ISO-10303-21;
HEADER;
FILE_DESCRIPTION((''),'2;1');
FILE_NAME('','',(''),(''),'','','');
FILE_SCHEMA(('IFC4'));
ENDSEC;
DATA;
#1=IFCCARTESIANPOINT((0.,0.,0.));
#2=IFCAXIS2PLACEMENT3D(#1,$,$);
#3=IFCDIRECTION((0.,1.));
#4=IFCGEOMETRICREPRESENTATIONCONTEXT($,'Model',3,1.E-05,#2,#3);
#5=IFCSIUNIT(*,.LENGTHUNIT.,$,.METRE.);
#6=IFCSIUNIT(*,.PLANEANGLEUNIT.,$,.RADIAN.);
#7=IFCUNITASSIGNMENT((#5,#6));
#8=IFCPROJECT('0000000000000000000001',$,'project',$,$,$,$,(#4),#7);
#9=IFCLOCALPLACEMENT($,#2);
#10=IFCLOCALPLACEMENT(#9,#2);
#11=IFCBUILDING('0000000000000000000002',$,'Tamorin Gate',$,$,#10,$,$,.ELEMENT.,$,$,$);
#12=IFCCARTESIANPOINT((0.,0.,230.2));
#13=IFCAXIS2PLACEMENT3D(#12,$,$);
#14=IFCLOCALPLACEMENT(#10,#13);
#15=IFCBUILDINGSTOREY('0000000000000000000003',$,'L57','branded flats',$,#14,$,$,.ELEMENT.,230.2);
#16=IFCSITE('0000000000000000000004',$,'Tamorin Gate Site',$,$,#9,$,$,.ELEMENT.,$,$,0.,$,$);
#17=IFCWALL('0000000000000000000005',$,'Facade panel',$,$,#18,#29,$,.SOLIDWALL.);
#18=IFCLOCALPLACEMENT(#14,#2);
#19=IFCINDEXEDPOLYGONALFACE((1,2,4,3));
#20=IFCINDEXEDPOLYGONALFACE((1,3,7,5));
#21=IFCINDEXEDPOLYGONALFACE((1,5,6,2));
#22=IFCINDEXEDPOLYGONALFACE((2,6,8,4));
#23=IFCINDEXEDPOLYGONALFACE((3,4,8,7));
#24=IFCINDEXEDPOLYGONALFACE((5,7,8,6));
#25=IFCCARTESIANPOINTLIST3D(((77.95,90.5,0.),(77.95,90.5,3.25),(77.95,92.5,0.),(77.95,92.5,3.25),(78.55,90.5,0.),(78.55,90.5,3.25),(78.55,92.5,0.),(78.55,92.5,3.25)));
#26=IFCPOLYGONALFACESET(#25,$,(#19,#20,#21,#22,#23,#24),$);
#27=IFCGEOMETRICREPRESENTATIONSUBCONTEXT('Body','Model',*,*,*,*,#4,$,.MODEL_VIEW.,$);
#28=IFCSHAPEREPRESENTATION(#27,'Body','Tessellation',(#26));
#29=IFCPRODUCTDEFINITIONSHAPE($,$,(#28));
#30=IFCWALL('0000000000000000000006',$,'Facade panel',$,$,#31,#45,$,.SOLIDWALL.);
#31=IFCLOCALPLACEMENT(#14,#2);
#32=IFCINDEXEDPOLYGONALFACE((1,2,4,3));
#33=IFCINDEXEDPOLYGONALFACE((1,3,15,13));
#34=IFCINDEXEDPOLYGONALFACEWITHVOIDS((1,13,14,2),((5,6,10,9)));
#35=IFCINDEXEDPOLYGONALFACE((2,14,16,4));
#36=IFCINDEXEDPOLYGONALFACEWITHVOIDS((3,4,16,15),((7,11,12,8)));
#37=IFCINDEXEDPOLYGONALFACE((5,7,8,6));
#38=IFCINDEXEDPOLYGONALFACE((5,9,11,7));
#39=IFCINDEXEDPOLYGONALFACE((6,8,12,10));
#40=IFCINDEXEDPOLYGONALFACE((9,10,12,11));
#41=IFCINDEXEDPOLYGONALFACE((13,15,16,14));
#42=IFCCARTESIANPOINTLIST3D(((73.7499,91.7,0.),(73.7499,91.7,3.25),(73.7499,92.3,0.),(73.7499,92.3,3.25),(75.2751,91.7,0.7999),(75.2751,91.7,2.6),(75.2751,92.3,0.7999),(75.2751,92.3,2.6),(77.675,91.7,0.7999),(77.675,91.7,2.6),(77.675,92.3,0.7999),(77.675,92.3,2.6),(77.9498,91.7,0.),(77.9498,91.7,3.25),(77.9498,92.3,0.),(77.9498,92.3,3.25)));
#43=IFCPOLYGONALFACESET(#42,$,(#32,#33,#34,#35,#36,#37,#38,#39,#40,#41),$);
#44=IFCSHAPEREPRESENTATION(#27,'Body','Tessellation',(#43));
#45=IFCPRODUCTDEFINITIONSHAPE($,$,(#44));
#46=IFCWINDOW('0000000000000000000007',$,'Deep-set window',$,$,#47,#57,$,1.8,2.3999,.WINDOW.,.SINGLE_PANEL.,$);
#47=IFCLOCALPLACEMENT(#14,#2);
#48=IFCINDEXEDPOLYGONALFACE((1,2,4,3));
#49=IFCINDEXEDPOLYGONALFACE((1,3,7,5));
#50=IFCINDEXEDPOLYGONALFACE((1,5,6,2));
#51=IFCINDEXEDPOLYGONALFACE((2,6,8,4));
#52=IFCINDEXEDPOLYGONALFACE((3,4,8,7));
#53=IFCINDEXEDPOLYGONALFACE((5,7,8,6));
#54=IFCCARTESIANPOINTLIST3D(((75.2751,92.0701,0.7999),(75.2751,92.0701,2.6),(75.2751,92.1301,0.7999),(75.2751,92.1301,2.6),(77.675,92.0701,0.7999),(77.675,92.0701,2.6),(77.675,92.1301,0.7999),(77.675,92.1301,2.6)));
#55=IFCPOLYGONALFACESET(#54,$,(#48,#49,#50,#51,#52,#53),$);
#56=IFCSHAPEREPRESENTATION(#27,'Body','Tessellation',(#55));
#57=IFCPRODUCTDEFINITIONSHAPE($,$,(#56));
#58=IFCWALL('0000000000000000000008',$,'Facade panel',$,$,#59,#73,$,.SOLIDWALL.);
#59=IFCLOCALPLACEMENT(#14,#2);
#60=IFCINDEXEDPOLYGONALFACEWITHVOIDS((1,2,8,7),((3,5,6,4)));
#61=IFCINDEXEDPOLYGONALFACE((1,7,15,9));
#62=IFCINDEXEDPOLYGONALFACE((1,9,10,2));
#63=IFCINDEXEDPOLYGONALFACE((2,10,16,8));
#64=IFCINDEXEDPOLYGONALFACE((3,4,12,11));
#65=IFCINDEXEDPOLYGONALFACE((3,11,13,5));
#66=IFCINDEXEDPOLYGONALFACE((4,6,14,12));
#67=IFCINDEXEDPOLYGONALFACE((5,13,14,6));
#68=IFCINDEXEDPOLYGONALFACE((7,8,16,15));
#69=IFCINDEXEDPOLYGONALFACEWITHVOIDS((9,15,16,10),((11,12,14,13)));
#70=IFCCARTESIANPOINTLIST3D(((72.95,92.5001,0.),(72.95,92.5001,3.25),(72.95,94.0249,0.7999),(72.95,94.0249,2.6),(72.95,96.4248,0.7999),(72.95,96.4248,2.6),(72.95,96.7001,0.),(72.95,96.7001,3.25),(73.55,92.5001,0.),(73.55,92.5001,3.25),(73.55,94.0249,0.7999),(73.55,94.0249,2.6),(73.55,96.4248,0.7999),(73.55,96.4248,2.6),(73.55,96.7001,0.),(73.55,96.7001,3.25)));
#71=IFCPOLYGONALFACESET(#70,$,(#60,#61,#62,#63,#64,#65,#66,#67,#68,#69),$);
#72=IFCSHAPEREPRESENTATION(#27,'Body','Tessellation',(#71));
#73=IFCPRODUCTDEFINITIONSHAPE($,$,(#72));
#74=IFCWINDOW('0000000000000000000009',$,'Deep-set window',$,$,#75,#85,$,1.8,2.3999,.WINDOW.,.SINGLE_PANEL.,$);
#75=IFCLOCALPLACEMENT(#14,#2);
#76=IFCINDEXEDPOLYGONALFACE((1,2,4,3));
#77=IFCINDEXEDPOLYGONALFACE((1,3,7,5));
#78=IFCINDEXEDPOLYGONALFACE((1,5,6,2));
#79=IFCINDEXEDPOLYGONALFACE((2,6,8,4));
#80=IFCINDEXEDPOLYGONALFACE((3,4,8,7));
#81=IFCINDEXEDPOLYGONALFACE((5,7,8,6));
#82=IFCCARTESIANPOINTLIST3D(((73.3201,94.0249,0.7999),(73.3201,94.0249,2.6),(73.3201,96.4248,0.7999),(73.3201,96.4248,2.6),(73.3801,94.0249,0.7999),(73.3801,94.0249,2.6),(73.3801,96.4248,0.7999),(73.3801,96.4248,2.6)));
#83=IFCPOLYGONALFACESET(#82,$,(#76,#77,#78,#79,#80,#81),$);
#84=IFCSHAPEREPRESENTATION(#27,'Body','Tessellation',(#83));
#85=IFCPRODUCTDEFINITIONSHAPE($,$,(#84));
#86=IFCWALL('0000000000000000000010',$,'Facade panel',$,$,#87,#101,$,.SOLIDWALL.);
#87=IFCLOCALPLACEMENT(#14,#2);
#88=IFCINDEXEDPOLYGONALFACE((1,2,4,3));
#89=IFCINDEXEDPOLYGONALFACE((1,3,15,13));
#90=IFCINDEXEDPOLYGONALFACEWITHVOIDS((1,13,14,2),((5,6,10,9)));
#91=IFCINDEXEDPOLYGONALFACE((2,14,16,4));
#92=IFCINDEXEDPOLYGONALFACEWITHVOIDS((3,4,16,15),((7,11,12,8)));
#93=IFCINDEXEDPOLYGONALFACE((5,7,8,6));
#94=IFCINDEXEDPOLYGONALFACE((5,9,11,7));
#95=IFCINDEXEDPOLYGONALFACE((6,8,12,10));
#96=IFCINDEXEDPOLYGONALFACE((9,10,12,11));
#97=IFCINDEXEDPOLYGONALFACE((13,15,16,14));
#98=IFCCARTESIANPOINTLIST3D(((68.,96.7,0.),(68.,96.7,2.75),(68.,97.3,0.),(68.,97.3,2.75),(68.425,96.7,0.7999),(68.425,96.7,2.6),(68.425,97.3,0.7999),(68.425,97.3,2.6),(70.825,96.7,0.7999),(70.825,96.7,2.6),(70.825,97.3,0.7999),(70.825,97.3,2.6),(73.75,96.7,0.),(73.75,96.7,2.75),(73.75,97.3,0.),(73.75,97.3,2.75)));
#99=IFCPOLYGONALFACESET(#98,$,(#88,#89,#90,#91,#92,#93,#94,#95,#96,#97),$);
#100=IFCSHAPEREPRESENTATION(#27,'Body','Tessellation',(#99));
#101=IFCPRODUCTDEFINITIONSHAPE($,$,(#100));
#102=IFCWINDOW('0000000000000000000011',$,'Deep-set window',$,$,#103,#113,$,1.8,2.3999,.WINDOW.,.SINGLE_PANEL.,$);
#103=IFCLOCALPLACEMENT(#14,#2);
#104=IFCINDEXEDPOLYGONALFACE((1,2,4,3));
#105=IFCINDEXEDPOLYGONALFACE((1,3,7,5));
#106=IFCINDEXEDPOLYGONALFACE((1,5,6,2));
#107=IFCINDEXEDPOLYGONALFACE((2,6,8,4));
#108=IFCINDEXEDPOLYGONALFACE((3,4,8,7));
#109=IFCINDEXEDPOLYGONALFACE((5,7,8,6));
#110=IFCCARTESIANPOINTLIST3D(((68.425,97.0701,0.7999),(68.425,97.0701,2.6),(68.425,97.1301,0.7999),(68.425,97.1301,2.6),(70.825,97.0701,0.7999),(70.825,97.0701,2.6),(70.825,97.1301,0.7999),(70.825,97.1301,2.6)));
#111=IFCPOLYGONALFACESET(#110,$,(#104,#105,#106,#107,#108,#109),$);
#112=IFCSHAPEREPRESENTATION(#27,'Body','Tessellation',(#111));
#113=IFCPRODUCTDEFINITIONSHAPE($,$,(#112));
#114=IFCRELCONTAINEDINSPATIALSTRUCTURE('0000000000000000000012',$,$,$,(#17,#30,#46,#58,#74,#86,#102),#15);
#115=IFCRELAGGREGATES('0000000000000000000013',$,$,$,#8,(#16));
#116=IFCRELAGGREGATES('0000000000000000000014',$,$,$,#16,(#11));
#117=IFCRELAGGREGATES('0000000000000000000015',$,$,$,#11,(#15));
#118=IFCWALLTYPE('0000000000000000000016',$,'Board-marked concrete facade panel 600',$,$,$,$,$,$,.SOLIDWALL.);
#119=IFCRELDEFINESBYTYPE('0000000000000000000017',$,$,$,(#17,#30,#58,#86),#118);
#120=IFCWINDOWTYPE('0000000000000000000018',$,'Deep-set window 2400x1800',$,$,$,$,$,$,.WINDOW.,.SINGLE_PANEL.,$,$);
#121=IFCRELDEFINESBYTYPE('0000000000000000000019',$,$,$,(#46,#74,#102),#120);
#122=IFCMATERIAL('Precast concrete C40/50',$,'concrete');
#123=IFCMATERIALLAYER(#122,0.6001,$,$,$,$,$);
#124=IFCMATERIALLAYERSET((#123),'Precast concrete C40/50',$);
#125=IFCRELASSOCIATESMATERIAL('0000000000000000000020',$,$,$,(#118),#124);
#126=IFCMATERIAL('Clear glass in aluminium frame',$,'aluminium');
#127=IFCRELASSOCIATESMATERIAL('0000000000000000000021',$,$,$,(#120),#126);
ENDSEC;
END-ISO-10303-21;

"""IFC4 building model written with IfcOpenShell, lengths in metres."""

from ifc_helpers import new_model, si_unit, direction, frame, frame_2d, origin, place, context, subcontext, project, spatial, rectangle, extrude, material, layer, layer_set, type_object, element, fill, save


model = new_model("IFC4")

# Units and contexts
model_context = context("Model", 3, precision=1e-05, world=origin(), true_north=direction((0.0, 1.0)))
body_context = subcontext(model_context, "Body", "Model", "MODEL_VIEW")
ifc_project = project(units=[si_unit("LENGTHUNIT", "METRE"), si_unit("PLANEANGLEUNIT", "RADIAN")], contexts=[model_context])

# Site, building, storey
site_placement = place(None, origin())
site = spatial("IfcSite", under=ifc_project, at=site_placement, Name="Tamorin Gate Site", CompositionType="ELEMENT", RefElevation=0.0)
building_placement = place(site_placement, origin())
building = spatial("IfcBuilding", under=site, at=building_placement, Name="Tamorin Gate", CompositionType="ELEMENT")
storey_placement = place(building_placement, frame((0.0, 0.0, 230.2)))
storey = spatial("IfcBuildingStorey", under=building, at=storey_placement, Name="L57", Description="branded flats", CompositionType="ELEMENT", Elevation=230.2)

# Shared definitions
ifc_material_1 = material(Name="Precast concrete C40/50", Category="concrete")
ifc_layer = layer(ifc_material_1, 0.6001)
ifc_layer_set = layer_set([ifc_layer], Name="Precast concrete C40/50")
wall_type = type_object("IfcWallType", Name="Board-marked concrete facade panel 600", PredefinedType="SOLIDWALL", material=ifc_layer_set)
ifc_material_2 = material(Name="Clear glass in aluminium frame", Category="aluminium")
window_type = type_object("IfcWindowType", Name="Deep-set window 2400x1800", PartitioningType="SINGLE_PANEL", PredefinedType="WINDOW", material=ifc_material_2)

# Wall
wall_1_placement = place(storey_placement, frame((78.25, 90.5, 0.0), z_axis=(0.0, 0.0, 1.0), x_axis=(0.0, 1.0, 0.0)))
element("IfcWall", 1, at=wall_1_placement, inside=storey, type_object=wall_type, Name="Facade panel", PredefinedType="SOLIDWALL", context=body_context, shape_type="SweptSolid", body=[
    extrude(rectangle(XDim=2.0, YDim=0.6001, at=frame_2d((1.0, 0.0))), origin(), (0.0, 0.0, 1.0), 3.25),
])

# Walls, openings, windows
wall_2_placement = place(storey_placement, frame((77.95, 92.0, 0.0), z_axis=(0.0, 0.0, 1.0), x_axis=(-1.0, 0.0, 0.0)))
wall_2 = element("IfcWall", 2, at=wall_2_placement, inside=storey, type_object=wall_type, Name="Facade panel", PredefinedType="SOLIDWALL", context=body_context, shape_type="SweptSolid", body=[
    extrude(rectangle(XDim=4.2, YDim=0.6001, at=frame_2d((2.1001, 0.0))), origin(), (0.0, 0.0, 1.0), 3.25),
])
opening_1_placement = place(wall_2_placement, frame((0.2749, 0.0, 0.8)))
opening_1 = element("IfcOpeningElement", 3, at=opening_1_placement, cuts=wall_2, PredefinedType="OPENING", context=body_context, shape_type="SweptSolid", body=[
    extrude(rectangle(XDim=2.3999, YDim=1.8, at=frame_2d((1.2, 0.8999))), frame((0.0, 0.3101, 0.0), z_axis=(0.0, -1.0, 0.0), x_axis=(1.0, 0.0, 0.0)), (0.0, 0.0, 1.0), 0.6201),
])
window_1_placement = place(opening_1_placement, origin())
window_1 = element("IfcWindow", 4, at=window_1_placement, inside=storey, type_object=window_type, Name="Deep-set window", OverallHeight=1.8, OverallWidth=2.3999, PartitioningType="SINGLE_PANEL", PredefinedType="WINDOW", context=body_context, shape_type="SweptSolid", body=[
    extrude(rectangle(XDim=2.3999, YDim=1.8, at=frame_2d((1.2, 0.8999))), frame((0.0, -0.0701, 0.0), z_axis=(0.0, -1.0, 0.0), x_axis=(1.0, 0.0, 0.0)), (0.0, 0.0, 1.0), 0.0601),
])
fill(opening_1, window_1)
wall_3_placement = place(storey_placement, frame((73.25, 92.5, 0.0), z_axis=(0.0, 0.0, 1.0), x_axis=(0.0, 1.0, 0.0)))
wall_3 = element("IfcWall", 5, at=wall_3_placement, inside=storey, type_object=wall_type, Name="Facade panel", PredefinedType="SOLIDWALL", context=body_context, shape_type="SweptSolid", body=[
    extrude(rectangle(XDim=4.2, YDim=0.6001, at=frame_2d((2.1001, 0.0))), origin(), (0.0, 0.0, 1.0), 3.25),
])
opening_2_placement = place(wall_3_placement, frame((1.5249, 0.0, 0.8)))
opening_2 = element("IfcOpeningElement", 6, at=opening_2_placement, cuts=wall_3, PredefinedType="OPENING", context=body_context, shape_type="SweptSolid", body=[
    extrude(rectangle(XDim=2.3999, YDim=1.8, at=frame_2d((1.2, 0.8999))), frame((0.0, 0.3101, 0.0), z_axis=(0.0, -1.0, 0.0), x_axis=(1.0, 0.0, 0.0)), (0.0, 0.0, 1.0), 0.6201),
])
window_2_placement = place(opening_2_placement, origin())
window_2 = element("IfcWindow", 7, at=window_2_placement, inside=storey, type_object=window_type, Name="Deep-set window", OverallHeight=1.8, OverallWidth=2.3999, PartitioningType="SINGLE_PANEL", PredefinedType="WINDOW", context=body_context, shape_type="SweptSolid", body=[
    extrude(rectangle(XDim=2.3999, YDim=1.8, at=frame_2d((1.2, 0.8999))), frame((0.0, -0.0701, 0.0), z_axis=(0.0, -1.0, 0.0), x_axis=(1.0, 0.0, 0.0)), (0.0, 0.0, 1.0), 0.0601),
])
fill(opening_2, window_2)
wall_4_placement = place(storey_placement, frame((73.75, 97.0, 0.0), z_axis=(0.0, 0.0, 1.0), x_axis=(-1.0, 0.0, 0.0)))
wall_4 = element("IfcWall", 8, at=wall_4_placement, inside=storey, type_object=wall_type, Name="Facade panel", PredefinedType="SOLIDWALL", context=body_context, shape_type="SweptSolid", body=[
    extrude(rectangle(XDim=5.75, YDim=0.6001, at=frame_2d((2.875, 0.0))), origin(), (0.0, 0.0, 1.0), 2.75),
])
opening_3_placement = place(wall_4_placement, frame((2.925, 0.0, 0.8)))
opening_3 = element("IfcOpeningElement", 9, at=opening_3_placement, cuts=wall_4, PredefinedType="OPENING", context=body_context, shape_type="SweptSolid", body=[
    extrude(rectangle(XDim=2.3999, YDim=1.8, at=frame_2d((1.2, 0.8999))), frame((0.0, 0.3101, 0.0), z_axis=(0.0, -1.0, 0.0), x_axis=(1.0, 0.0, 0.0)), (0.0, 0.0, 1.0), 0.6201),
])
window_3_placement = place(opening_3_placement, origin())
window_3 = element("IfcWindow", 10, at=window_3_placement, inside=storey, type_object=window_type, Name="Deep-set window", OverallHeight=1.8, OverallWidth=2.3999, PartitioningType="SINGLE_PANEL", PredefinedType="WINDOW", context=body_context, shape_type="SweptSolid", body=[
    extrude(rectangle(XDim=2.3999, YDim=1.8, at=frame_2d((1.2, 0.8999))), frame((0.0, -0.0701, 0.0), z_axis=(0.0, -1.0, 0.0), x_axis=(1.0, 0.0, 0.0)), (0.0, 0.0, 1.0), 0.0601),
])
fill(opening_3, window_3)

save(model, "model.ifc")
